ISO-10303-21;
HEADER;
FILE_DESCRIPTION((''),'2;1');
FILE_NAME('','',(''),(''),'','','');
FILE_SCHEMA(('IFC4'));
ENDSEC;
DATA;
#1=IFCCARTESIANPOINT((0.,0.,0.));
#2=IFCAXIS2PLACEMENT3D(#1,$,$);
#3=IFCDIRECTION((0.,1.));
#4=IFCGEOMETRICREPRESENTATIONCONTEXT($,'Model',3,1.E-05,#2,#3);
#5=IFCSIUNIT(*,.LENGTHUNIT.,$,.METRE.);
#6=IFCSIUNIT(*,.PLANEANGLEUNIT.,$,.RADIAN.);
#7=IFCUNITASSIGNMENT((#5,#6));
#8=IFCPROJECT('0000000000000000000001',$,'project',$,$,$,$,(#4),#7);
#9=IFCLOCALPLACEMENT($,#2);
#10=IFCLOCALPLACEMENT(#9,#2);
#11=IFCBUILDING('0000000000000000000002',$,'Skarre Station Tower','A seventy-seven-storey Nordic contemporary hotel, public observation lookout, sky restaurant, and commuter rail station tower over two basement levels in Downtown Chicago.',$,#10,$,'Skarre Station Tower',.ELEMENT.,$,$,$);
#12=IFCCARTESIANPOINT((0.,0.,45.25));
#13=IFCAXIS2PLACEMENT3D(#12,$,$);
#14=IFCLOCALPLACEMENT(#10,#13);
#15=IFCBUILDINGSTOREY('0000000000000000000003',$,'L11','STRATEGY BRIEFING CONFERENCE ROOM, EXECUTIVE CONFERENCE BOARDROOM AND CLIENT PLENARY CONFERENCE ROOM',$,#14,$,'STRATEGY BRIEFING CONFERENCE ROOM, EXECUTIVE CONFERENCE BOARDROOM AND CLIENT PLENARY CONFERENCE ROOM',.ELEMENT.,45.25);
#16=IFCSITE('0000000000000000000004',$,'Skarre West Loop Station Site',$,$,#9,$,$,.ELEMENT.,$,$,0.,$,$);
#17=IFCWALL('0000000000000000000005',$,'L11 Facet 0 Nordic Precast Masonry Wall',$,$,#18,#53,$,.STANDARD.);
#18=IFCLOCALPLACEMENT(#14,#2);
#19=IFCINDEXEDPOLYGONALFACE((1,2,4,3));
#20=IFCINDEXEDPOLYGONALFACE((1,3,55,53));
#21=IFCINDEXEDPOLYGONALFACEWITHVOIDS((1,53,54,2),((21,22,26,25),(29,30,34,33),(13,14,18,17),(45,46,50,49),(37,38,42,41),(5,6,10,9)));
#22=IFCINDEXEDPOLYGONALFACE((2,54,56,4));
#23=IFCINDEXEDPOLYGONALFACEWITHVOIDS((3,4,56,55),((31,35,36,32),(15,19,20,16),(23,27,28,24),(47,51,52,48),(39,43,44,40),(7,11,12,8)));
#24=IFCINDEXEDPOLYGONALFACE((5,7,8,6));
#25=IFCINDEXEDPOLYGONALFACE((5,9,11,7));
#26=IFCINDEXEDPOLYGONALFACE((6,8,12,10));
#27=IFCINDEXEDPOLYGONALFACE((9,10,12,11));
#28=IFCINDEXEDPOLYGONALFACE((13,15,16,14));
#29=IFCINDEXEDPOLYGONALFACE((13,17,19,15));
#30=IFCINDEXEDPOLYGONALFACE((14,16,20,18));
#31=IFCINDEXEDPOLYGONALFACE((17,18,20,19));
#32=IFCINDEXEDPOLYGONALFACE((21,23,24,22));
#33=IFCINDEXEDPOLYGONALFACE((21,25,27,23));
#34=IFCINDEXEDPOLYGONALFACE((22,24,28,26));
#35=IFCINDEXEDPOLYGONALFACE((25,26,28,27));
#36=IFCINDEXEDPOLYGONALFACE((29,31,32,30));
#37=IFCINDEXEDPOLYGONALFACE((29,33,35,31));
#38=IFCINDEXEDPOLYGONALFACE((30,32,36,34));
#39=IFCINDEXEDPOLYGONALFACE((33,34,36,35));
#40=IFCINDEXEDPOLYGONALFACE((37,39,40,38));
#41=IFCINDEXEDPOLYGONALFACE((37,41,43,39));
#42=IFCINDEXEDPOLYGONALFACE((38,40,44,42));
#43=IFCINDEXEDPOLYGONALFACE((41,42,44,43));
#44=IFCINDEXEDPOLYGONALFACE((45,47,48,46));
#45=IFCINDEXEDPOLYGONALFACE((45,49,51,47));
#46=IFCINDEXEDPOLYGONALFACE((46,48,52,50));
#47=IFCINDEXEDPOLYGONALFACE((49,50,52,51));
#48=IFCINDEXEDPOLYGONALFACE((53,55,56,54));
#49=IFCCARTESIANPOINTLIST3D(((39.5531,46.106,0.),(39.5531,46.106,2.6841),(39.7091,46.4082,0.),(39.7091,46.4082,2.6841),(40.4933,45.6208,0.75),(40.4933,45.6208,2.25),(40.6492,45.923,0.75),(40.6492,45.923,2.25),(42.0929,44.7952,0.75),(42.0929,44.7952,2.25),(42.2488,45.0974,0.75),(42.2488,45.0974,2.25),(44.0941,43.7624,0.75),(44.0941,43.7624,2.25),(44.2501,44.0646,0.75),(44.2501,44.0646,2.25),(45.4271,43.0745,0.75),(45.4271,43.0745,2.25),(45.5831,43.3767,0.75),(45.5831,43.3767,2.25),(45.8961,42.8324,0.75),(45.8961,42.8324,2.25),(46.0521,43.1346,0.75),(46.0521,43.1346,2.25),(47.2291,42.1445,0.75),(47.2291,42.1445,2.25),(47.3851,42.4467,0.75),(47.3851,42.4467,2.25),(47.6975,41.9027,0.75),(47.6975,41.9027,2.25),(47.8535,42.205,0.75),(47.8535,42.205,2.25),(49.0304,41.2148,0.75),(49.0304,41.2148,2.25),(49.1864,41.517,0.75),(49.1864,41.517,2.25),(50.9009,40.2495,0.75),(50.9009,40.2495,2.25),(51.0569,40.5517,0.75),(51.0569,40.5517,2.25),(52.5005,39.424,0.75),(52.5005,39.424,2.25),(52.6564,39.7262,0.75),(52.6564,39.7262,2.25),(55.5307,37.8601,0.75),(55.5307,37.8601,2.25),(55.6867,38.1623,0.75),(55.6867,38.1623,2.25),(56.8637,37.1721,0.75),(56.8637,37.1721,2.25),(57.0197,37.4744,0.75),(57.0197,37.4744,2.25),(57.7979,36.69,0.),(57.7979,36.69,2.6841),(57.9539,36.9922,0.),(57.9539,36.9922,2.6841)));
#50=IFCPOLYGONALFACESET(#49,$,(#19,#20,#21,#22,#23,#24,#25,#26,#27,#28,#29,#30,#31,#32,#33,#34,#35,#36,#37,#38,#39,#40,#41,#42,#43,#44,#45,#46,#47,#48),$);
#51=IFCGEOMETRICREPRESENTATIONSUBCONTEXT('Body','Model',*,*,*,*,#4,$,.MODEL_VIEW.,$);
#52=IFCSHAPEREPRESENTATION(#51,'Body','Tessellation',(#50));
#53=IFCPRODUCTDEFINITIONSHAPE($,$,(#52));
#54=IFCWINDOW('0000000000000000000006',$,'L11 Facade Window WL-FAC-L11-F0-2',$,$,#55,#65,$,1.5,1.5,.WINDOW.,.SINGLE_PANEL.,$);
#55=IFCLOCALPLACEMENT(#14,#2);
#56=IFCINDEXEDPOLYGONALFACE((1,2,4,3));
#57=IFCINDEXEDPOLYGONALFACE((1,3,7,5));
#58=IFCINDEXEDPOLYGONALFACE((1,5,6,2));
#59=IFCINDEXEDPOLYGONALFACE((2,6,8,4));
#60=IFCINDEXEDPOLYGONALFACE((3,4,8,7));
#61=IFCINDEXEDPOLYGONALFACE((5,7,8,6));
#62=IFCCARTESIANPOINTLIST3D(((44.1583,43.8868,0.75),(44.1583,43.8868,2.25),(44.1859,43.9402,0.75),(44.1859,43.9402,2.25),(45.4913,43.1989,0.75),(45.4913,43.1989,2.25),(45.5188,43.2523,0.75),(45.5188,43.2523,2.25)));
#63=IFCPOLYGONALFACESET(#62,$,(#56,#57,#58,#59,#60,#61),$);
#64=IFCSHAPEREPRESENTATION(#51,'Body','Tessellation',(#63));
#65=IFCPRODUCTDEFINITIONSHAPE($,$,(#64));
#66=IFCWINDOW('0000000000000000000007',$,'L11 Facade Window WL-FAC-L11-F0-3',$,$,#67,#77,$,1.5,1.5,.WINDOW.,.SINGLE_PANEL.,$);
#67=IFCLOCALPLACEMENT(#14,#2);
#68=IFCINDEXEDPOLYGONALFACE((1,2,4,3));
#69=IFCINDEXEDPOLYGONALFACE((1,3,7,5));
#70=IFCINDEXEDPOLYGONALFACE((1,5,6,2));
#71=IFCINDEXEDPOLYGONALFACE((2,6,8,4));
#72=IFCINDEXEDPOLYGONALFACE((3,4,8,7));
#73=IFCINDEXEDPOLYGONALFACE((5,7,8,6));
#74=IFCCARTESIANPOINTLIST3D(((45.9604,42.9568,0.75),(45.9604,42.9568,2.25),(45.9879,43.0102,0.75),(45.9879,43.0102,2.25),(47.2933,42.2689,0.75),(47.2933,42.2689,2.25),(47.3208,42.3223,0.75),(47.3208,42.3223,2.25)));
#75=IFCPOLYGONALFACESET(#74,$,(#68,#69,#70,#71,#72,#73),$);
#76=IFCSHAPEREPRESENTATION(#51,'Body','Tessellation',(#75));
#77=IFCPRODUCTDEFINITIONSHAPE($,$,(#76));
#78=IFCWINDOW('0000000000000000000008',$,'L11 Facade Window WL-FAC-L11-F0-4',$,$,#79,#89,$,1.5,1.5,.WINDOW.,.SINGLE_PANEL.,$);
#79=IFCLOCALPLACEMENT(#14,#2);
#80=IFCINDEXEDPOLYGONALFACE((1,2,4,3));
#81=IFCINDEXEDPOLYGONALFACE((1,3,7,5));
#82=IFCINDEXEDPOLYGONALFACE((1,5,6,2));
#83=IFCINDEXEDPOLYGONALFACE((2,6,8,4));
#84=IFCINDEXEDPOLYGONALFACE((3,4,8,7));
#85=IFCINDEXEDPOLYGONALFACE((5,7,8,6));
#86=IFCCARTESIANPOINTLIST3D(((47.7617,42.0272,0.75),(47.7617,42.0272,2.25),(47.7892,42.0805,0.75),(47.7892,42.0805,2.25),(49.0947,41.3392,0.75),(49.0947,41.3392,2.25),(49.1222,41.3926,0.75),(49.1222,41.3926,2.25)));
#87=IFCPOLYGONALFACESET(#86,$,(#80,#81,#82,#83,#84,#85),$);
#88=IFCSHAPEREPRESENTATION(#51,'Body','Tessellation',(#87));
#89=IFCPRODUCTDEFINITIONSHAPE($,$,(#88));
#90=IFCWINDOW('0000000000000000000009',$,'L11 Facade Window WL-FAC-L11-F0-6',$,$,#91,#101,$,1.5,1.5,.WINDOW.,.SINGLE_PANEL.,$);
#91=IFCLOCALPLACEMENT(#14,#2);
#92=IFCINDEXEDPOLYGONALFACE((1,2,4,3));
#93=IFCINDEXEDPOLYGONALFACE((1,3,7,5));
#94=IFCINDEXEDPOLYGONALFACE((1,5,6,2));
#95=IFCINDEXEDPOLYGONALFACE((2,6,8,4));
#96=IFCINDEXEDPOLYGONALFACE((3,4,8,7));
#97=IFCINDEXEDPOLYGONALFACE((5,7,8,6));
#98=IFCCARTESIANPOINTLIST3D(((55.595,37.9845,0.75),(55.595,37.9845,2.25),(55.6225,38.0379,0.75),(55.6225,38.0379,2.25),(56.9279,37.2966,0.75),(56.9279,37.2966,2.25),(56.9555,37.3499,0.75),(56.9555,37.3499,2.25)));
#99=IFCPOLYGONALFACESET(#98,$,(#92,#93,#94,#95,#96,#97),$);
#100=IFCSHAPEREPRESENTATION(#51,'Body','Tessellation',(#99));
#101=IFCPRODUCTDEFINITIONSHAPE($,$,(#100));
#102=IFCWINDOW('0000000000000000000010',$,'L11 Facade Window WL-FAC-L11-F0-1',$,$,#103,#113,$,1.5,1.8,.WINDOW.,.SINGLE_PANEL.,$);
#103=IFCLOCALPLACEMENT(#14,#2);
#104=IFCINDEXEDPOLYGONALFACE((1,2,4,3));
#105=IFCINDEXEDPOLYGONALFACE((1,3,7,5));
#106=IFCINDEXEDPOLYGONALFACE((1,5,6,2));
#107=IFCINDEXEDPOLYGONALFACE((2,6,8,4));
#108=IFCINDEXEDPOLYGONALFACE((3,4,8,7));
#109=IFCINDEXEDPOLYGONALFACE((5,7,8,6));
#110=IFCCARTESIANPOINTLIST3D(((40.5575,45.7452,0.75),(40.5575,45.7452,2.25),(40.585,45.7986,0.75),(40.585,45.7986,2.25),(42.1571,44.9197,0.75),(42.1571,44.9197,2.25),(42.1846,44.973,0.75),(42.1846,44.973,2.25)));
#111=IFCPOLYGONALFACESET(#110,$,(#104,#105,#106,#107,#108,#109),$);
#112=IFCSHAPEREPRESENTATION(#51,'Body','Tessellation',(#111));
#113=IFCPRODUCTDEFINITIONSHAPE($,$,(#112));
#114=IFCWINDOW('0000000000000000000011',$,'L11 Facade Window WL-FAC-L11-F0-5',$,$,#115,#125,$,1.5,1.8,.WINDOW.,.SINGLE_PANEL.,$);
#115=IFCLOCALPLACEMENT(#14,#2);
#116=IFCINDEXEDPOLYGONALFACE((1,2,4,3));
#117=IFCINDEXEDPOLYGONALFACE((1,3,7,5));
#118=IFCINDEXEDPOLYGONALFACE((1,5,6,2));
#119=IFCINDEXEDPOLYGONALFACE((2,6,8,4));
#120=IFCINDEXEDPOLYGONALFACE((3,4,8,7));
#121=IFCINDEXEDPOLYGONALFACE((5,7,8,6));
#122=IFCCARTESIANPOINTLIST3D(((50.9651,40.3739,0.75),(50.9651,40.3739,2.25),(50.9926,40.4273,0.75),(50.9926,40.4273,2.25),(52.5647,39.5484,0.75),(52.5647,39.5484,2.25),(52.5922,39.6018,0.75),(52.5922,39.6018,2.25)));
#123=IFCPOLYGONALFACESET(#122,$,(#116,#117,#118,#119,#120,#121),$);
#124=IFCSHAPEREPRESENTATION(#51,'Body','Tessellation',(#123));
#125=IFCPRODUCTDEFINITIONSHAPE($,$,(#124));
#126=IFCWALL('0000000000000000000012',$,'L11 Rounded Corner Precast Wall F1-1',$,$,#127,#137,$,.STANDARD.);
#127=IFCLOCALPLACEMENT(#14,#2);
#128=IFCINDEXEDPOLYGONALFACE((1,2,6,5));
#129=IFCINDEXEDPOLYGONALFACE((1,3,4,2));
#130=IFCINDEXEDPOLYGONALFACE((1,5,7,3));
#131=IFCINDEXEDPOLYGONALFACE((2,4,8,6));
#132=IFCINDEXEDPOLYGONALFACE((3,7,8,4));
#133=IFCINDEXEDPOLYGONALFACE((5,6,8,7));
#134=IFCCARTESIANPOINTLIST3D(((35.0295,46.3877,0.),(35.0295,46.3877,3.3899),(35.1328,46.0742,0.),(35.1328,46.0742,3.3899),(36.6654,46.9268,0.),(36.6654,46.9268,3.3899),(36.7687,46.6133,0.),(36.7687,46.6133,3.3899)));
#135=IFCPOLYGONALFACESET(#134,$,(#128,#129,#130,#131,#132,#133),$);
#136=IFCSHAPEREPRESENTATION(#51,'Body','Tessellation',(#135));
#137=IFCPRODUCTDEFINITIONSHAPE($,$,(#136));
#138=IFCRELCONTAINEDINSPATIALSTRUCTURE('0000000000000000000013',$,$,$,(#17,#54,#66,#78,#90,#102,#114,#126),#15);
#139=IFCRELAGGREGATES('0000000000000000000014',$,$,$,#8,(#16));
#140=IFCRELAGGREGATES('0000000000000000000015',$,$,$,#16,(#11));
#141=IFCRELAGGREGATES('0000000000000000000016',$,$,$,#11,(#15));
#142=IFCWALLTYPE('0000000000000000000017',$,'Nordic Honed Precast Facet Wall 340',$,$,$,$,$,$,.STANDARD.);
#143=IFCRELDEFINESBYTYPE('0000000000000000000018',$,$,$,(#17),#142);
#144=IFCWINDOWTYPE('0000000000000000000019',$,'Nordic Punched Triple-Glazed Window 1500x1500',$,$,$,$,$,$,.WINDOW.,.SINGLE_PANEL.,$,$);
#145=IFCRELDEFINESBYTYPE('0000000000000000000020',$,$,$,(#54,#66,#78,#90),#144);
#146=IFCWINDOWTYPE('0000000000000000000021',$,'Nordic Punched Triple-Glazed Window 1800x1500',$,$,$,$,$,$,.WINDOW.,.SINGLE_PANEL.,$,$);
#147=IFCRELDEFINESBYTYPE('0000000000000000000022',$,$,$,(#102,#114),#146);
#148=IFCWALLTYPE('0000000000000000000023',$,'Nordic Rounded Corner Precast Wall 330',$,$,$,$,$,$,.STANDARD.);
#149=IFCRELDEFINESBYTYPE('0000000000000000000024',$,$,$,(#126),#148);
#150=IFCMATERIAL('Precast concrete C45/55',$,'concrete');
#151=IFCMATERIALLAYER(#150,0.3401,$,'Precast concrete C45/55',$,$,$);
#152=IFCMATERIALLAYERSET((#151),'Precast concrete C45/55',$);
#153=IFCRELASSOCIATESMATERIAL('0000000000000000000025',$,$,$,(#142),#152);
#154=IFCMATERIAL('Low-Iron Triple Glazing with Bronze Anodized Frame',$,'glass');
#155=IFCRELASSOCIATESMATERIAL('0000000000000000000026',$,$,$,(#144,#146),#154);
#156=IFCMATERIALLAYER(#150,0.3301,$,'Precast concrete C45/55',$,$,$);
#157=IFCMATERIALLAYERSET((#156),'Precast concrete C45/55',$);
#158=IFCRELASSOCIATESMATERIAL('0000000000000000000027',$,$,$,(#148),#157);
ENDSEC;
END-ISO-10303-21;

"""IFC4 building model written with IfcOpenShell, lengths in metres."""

from ifc_helpers import new_model, si_unit, direction, frame, frame_2d, origin, place, context, subcontext, project, spatial, rectangle, extrude, material, layer, layer_set, type_object, element, fill, save


model = new_model("IFC4")

# Units and contexts
model_context = context("Model", 3, precision=1e-05, world=origin(), true_north=direction((0.0, 1.0)))
body_context = subcontext(model_context, "Body", "Model", "MODEL_VIEW")
ifc_project = project(units=[si_unit("LENGTHUNIT", "METRE"), si_unit("PLANEANGLEUNIT", "RADIAN")], contexts=[model_context])

# Site, building, storey
site_placement = place(None, origin())
site = spatial("IfcSite", under=ifc_project, at=site_placement, Name="Skarre West Loop Station Site", CompositionType="ELEMENT", RefElevation=0.0)
building_placement = place(site_placement, origin())
building = spatial("IfcBuilding", under=site, at=building_placement, Name="Skarre Station Tower", Description="A seventy-seven-storey Nordic contemporary hotel, public observation lookout, sky restaurant, and commuter rail station tower over two basement levels in Downtown Chicago.", LongName="Skarre Station Tower", CompositionType="ELEMENT")
storey_placement = place(building_placement, frame((0.0, 0.0, 45.25)))
storey = spatial("IfcBuildingStorey", under=building, at=storey_placement, Name="L11", Description="STRATEGY BRIEFING CONFERENCE ROOM, EXECUTIVE CONFERENCE BOARDROOM AND CLIENT PLENARY CONFERENCE ROOM", LongName="STRATEGY BRIEFING CONFERENCE ROOM, EXECUTIVE CONFERENCE BOARDROOM AND CLIENT PLENARY CONFERENCE ROOM", CompositionType="ELEMENT", Elevation=45.25)

# Wall, openings, windows
ifc_material_1 = material(Name="Precast concrete C45/55", Category="concrete")
ifc_layer_1 = layer(ifc_material_1, 0.3401, Name="Precast concrete C45/55")
ifc_layer_set_1 = layer_set([ifc_layer_1], Name="Precast concrete C45/55")
wall_type_1 = type_object("IfcWallType", Name="Nordic Honed Precast Facet Wall 340", PredefinedType="STANDARD", material=ifc_layer_set_1)
wall_1_placement = place(storey_placement, frame((39.6311, 46.2571, 0.0), z_axis=(0.0, 0.0, 1.0), x_axis=(0.888634, -0.458616, 0.0)))
wall_1 = element("IfcWall", 1, at=wall_1_placement, inside=storey, type_object=wall_type_1, Name="L11 Facet 0 Nordic Precast Masonry Wall", PredefinedType="STANDARD", context=body_context, shape_type="SweptSolid", body=[
    extrude(rectangle(XDim=20.5312, YDim=0.3401, at=frame_2d((10.2656, 0.0))), origin(), (0.0, 0.0, 1.0), 2.6841),
])
opening_1_placement = place(wall_1_placement, frame((1.0581, 0.0, 0.75)))
opening_1 = element("IfcOpeningElement", 2, at=opening_1_placement, cuts=wall_1, PredefinedType="OPENING", context=body_context, shape_type="SweptSolid", body=[
    extrude(rectangle(XDim=1.8, YDim=1.5, at=frame_2d((0.8999, 0.75))), frame((0.0, 0.1799, 0.0), z_axis=(0.0, -1.0, 0.0), x_axis=(1.0, 0.0, 0.0)), (0.0, 0.0, 1.0), 0.3601),
])
opening_2_placement = place(wall_1_placement, frame((5.1101, 0.0, 0.75)))
opening_2 = element("IfcOpeningElement", 3, at=opening_2_placement, cuts=wall_1, PredefinedType="OPENING", context=body_context, shape_type="SweptSolid", body=[
    extrude(rectangle(XDim=1.5, YDim=1.5, at=frame_2d((0.75, 0.75))), frame((0.0, 0.1799, 0.0), z_axis=(0.0, -1.0, 0.0), x_axis=(1.0, 0.0, 0.0)), (0.0, 0.0, 1.0), 0.3601),
])
opening_3_placement = place(wall_1_placement, frame((7.1379, 0.0, 0.75)))
opening_3 = element("IfcOpeningElement", 4, at=opening_3_placement, cuts=wall_1, PredefinedType="OPENING", context=body_context, shape_type="SweptSolid", body=[
    extrude(rectangle(XDim=1.5, YDim=1.5, at=frame_2d((0.75, 0.75))), frame((0.0, 0.1799, 0.0), z_axis=(0.0, -1.0, 0.0), x_axis=(1.0, 0.0, 0.0)), (0.0, 0.0, 1.0), 0.3601),
])
opening_4_placement = place(wall_1_placement, frame((9.165, 0.0, 0.75)))
opening_4 = element("IfcOpeningElement", 5, at=opening_4_placement, cuts=wall_1, PredefinedType="OPENING", context=body_context, shape_type="SweptSolid", body=[
    extrude(rectangle(XDim=1.5, YDim=1.5, at=frame_2d((0.75, 0.75))), frame((0.0, 0.1799, 0.0), z_axis=(0.0, -1.0, 0.0), x_axis=(1.0, 0.0, 0.0)), (0.0, 0.0, 1.0), 0.3601),
])
opening_5_placement = place(wall_1_placement, frame((12.77, 0.0, 0.75)))
opening_5 = element("IfcOpeningElement", 6, at=opening_5_placement, cuts=wall_1, PredefinedType="OPENING", context=body_context, shape_type="SweptSolid", body=[
    extrude(rectangle(XDim=1.8, YDim=1.5, at=frame_2d((0.8999, 0.75))), frame((0.0, 0.1799, 0.0), z_axis=(0.0, -1.0, 0.0), x_axis=(1.0, 0.0, 0.0)), (0.0, 0.0, 1.0), 0.3601),
])
opening_6_placement = place(wall_1_placement, frame((17.98, 0.0, 0.75)))
opening_6 = element("IfcOpeningElement", 7, at=opening_6_placement, cuts=wall_1, PredefinedType="OPENING", context=body_context, shape_type="SweptSolid", body=[
    extrude(rectangle(XDim=1.5, YDim=1.5, at=frame_2d((0.75, 0.75))), frame((0.0, 0.1799, 0.0), z_axis=(0.0, -1.0, 0.0), x_axis=(1.0, 0.0, 0.0)), (0.0, 0.0, 1.0), 0.3601),
])
ifc_material_2 = material(Name="Low-Iron Triple Glazing with Bronze Anodized Frame", Category="glass")
window_type_1 = type_object("IfcWindowType", Name="Nordic Punched Triple-Glazed Window 1500x1500", PartitioningType="SINGLE_PANEL", PredefinedType="WINDOW", material=ifc_material_2)
window_1_placement = place(opening_2_placement, origin())
window_1 = element("IfcWindow", 8, at=window_1_placement, inside=storey, type_object=window_type_1, Name="L11 Facade Window WL-FAC-L11-F0-2", OverallHeight=1.5, OverallWidth=1.5, PartitioningType="SINGLE_PANEL", PredefinedType="WINDOW", context=body_context, shape_type="SweptSolid", body=[
    extrude(rectangle(XDim=1.5, YDim=1.5, at=frame_2d((0.75, 0.75))), frame((0.0, 0.03, 0.0), z_axis=(0.0, -1.0, 0.0), x_axis=(1.0, 0.0, 0.0)), (0.0, 0.0, 1.0), 0.0601),
])
fill(opening_2, window_1)
window_2_placement = place(opening_3_placement, origin())
window_2 = element("IfcWindow", 9, at=window_2_placement, inside=storey, type_object=window_type_1, Name="L11 Facade Window WL-FAC-L11-F0-3", OverallHeight=1.5, OverallWidth=1.5, PartitioningType="SINGLE_PANEL", PredefinedType="WINDOW", context=body_context, shape_type="SweptSolid", body=[
    extrude(rectangle(XDim=1.5, YDim=1.5, at=frame_2d((0.75, 0.75))), frame((0.0, 0.03, 0.0), z_axis=(0.0, -1.0, 0.0), x_axis=(1.0, 0.0, 0.0)), (0.0, 0.0, 1.0), 0.0601),
])
fill(opening_3, window_2)
window_3_placement = place(opening_4_placement, origin())
window_3 = element("IfcWindow", 10, at=window_3_placement, inside=storey, type_object=window_type_1, Name="L11 Facade Window WL-FAC-L11-F0-4", OverallHeight=1.5, OverallWidth=1.5, PartitioningType="SINGLE_PANEL", PredefinedType="WINDOW", context=body_context, shape_type="SweptSolid", body=[
    extrude(rectangle(XDim=1.5, YDim=1.5, at=frame_2d((0.75, 0.75))), frame((0.0, 0.03, 0.0), z_axis=(0.0, -1.0, 0.0), x_axis=(1.0, 0.0, 0.0)), (0.0, 0.0, 1.0), 0.0601),
])
fill(opening_4, window_3)
window_4_placement = place(opening_6_placement, origin())
window_4 = element("IfcWindow", 11, at=window_4_placement, inside=storey, type_object=window_type_1, Name="L11 Facade Window WL-FAC-L11-F0-6", OverallHeight=1.5, OverallWidth=1.5, PartitioningType="SINGLE_PANEL", PredefinedType="WINDOW", context=body_context, shape_type="SweptSolid", body=[
    extrude(rectangle(XDim=1.5, YDim=1.5, at=frame_2d((0.75, 0.75))), frame((0.0, 0.03, 0.0), z_axis=(0.0, -1.0, 0.0), x_axis=(1.0, 0.0, 0.0)), (0.0, 0.0, 1.0), 0.0601),
])
fill(opening_6, window_4)
window_type_2 = type_object("IfcWindowType", Name="Nordic Punched Triple-Glazed Window 1800x1500", PartitioningType="SINGLE_PANEL", PredefinedType="WINDOW", material=ifc_material_2)
window_5_placement = place(opening_1_placement, origin())
window_5 = element("IfcWindow", 12, at=window_5_placement, inside=storey, type_object=window_type_2, Name="L11 Facade Window WL-FAC-L11-F0-1", OverallHeight=1.5, OverallWidth=1.8, PartitioningType="SINGLE_PANEL", PredefinedType="WINDOW", context=body_context, shape_type="SweptSolid", body=[
    extrude(rectangle(XDim=1.8, YDim=1.5, at=frame_2d((0.8999, 0.75))), frame((0.0, 0.03, 0.0), z_axis=(0.0, -1.0, 0.0), x_axis=(1.0, 0.0, 0.0)), (0.0, 0.0, 1.0), 0.0601),
])
fill(opening_1, window_5)
window_6_placement = place(opening_5_placement, origin())
window_6 = element("IfcWindow", 13, at=window_6_placement, inside=storey, type_object=window_type_2, Name="L11 Facade Window WL-FAC-L11-F0-5", OverallHeight=1.5, OverallWidth=1.8, PartitioningType="SINGLE_PANEL", PredefinedType="WINDOW", context=body_context, shape_type="SweptSolid", body=[
    extrude(rectangle(XDim=1.8, YDim=1.5, at=frame_2d((0.8999, 0.75))), frame((0.0, 0.03, 0.0), z_axis=(0.0, -1.0, 0.0), x_axis=(1.0, 0.0, 0.0)), (0.0, 0.0, 1.0), 0.0601),
])
fill(opening_5, window_6)

# Wall
ifc_layer_2 = layer(ifc_material_1, 0.3301, Name="Precast concrete C45/55")
ifc_layer_set_2 = layer_set([ifc_layer_2], Name="Precast concrete C45/55")
wall_type_2 = type_object("IfcWallType", Name="Nordic Rounded Corner Precast Wall 330", PredefinedType="STANDARD", material=ifc_layer_set_2)
wall_2_placement = place(storey_placement, frame((35.0811, 46.231, 0.0), z_axis=(0.0, 0.0, 1.0), x_axis=(0.949769, 0.312952, 0.0)))
element("IfcWall", 14, at=wall_2_placement, inside=storey, type_object=wall_type_2, Name="L11 Rounded Corner Precast Wall F1-1", PredefinedType="STANDARD", context=body_context, shape_type="SweptSolid", body=[
    extrude(rectangle(XDim=1.7224, YDim=0.3301, at=frame_2d((0.8613, 0.0))), origin(), (0.0, 0.0, 1.0), 3.3899),
])

save(model, "model.ifc")
